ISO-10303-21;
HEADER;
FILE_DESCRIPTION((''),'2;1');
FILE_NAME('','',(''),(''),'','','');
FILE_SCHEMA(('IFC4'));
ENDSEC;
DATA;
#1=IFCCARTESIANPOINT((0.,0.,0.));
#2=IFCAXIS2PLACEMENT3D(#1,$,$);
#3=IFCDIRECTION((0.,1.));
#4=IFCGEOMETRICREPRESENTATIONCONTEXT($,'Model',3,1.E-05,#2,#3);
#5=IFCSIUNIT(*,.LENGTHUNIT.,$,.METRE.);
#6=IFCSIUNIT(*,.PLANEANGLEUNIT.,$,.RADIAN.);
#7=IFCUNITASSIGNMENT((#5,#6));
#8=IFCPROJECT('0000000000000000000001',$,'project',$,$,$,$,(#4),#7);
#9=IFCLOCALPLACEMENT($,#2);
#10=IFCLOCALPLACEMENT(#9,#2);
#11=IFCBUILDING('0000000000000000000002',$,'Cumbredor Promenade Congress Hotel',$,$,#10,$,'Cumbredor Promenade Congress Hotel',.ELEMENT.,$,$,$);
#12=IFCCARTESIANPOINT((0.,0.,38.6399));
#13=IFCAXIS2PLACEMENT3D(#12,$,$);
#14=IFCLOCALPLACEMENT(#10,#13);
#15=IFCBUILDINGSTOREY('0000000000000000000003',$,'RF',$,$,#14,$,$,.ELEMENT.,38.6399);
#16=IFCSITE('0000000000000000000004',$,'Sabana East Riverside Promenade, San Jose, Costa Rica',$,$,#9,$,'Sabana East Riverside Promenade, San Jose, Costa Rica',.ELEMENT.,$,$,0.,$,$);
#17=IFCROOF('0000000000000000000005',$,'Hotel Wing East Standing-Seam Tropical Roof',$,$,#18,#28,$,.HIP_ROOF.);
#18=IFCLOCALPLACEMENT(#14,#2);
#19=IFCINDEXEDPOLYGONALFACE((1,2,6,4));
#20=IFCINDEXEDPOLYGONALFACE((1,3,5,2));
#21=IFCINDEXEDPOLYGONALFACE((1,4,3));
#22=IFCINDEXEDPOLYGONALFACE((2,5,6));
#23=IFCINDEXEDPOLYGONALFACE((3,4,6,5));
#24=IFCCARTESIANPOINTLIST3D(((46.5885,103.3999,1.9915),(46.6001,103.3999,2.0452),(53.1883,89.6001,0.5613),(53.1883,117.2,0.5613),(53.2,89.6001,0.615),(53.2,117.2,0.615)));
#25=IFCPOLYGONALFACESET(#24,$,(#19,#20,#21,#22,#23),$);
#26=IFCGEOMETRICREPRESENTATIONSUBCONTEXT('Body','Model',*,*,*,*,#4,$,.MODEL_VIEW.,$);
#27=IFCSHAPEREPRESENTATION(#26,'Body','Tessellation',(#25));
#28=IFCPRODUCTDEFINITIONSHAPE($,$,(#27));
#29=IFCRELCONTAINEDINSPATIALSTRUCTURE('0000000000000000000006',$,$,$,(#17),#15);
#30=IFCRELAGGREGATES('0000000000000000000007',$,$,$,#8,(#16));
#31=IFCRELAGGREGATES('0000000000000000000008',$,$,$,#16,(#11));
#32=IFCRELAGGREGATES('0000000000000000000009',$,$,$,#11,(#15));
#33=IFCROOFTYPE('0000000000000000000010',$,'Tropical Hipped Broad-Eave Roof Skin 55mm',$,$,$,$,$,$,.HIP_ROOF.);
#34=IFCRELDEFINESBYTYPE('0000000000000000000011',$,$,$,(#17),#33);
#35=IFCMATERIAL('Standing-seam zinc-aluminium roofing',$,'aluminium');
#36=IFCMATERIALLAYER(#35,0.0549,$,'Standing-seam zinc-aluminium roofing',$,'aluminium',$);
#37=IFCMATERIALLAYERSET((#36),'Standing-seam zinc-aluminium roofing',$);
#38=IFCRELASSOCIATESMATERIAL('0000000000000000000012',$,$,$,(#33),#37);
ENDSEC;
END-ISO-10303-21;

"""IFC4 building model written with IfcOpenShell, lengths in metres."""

from ifc_helpers import new_model, si_unit, direction, frame, origin, place, context, subcontext, project, spatial, polyline, outline, extrude, material, layer, layer_set, type_object, element, save


model = new_model("IFC4")

# Units and contexts
model_context = context("Model", 3, precision=1e-05, world=origin(), true_north=direction((0.0, 1.0)))
body_context = subcontext(model_context, "Body", "Model", "MODEL_VIEW")
ifc_project = project(units=[si_unit("LENGTHUNIT", "METRE"), si_unit("PLANEANGLEUNIT", "RADIAN")], contexts=[model_context])

# Site, building, storey
site_placement = place(None, origin())
site = spatial("IfcSite", under=ifc_project, at=site_placement, Name="Sabana East Riverside Promenade, San Jose, Costa Rica", LongName="Sabana East Riverside Promenade, San Jose, Costa Rica", CompositionType="ELEMENT", RefElevation=0.0)
building_placement = place(site_placement, origin())
building = spatial("IfcBuilding", under=site, at=building_placement, Name="Cumbredor Promenade Congress Hotel", LongName="Cumbredor Promenade Congress Hotel", CompositionType="ELEMENT")
storey_placement = place(building_placement, frame((0.0, 0.0, 38.6399)))
storey = spatial("IfcBuildingStorey", under=building, at=storey_placement, Name="RF", CompositionType="ELEMENT", Elevation=38.6399)

# Roof
ifc_material_1 = material(Name="Standing-seam zinc-aluminium roofing", Category="aluminium")
ifc_layer_1 = layer(ifc_material_1, 0.0549, Name="Standing-seam zinc-aluminium roofing", Category="aluminium")
ifc_layer_set_1 = layer_set([ifc_layer_1], Name="Standing-seam zinc-aluminium roofing")
roof_type_1 = type_object("IfcRoofType", Name="Tropical Hipped Broad-Eave Roof Skin 55mm", PredefinedType="HIP_ROOF", material=ifc_layer_set_1)
roof_1_placement = place(storey_placement, frame((53.2, 89.6001, 0.615), z_axis=(0.211783, 0.0, 0.977317), x_axis=(0.0, 1.0, 0.0)))
element("IfcRoof", 1, at=roof_1_placement, inside=storey, type_object=roof_type_1, Name="Hotel Wing East Standing-Seam Tropical Roof", PredefinedType="HIP_ROOF", context=body_context, shape_type="SweptSolid", body=[
    extrude(outline(polyline([(0.0, 0.0), (27.5999, 0.0), (13.7998, 6.753), (0.0, 0.0)])), origin(), (0.0, 0.0, -1.0), 0.0549),
])

save(model, "model.ifc")
